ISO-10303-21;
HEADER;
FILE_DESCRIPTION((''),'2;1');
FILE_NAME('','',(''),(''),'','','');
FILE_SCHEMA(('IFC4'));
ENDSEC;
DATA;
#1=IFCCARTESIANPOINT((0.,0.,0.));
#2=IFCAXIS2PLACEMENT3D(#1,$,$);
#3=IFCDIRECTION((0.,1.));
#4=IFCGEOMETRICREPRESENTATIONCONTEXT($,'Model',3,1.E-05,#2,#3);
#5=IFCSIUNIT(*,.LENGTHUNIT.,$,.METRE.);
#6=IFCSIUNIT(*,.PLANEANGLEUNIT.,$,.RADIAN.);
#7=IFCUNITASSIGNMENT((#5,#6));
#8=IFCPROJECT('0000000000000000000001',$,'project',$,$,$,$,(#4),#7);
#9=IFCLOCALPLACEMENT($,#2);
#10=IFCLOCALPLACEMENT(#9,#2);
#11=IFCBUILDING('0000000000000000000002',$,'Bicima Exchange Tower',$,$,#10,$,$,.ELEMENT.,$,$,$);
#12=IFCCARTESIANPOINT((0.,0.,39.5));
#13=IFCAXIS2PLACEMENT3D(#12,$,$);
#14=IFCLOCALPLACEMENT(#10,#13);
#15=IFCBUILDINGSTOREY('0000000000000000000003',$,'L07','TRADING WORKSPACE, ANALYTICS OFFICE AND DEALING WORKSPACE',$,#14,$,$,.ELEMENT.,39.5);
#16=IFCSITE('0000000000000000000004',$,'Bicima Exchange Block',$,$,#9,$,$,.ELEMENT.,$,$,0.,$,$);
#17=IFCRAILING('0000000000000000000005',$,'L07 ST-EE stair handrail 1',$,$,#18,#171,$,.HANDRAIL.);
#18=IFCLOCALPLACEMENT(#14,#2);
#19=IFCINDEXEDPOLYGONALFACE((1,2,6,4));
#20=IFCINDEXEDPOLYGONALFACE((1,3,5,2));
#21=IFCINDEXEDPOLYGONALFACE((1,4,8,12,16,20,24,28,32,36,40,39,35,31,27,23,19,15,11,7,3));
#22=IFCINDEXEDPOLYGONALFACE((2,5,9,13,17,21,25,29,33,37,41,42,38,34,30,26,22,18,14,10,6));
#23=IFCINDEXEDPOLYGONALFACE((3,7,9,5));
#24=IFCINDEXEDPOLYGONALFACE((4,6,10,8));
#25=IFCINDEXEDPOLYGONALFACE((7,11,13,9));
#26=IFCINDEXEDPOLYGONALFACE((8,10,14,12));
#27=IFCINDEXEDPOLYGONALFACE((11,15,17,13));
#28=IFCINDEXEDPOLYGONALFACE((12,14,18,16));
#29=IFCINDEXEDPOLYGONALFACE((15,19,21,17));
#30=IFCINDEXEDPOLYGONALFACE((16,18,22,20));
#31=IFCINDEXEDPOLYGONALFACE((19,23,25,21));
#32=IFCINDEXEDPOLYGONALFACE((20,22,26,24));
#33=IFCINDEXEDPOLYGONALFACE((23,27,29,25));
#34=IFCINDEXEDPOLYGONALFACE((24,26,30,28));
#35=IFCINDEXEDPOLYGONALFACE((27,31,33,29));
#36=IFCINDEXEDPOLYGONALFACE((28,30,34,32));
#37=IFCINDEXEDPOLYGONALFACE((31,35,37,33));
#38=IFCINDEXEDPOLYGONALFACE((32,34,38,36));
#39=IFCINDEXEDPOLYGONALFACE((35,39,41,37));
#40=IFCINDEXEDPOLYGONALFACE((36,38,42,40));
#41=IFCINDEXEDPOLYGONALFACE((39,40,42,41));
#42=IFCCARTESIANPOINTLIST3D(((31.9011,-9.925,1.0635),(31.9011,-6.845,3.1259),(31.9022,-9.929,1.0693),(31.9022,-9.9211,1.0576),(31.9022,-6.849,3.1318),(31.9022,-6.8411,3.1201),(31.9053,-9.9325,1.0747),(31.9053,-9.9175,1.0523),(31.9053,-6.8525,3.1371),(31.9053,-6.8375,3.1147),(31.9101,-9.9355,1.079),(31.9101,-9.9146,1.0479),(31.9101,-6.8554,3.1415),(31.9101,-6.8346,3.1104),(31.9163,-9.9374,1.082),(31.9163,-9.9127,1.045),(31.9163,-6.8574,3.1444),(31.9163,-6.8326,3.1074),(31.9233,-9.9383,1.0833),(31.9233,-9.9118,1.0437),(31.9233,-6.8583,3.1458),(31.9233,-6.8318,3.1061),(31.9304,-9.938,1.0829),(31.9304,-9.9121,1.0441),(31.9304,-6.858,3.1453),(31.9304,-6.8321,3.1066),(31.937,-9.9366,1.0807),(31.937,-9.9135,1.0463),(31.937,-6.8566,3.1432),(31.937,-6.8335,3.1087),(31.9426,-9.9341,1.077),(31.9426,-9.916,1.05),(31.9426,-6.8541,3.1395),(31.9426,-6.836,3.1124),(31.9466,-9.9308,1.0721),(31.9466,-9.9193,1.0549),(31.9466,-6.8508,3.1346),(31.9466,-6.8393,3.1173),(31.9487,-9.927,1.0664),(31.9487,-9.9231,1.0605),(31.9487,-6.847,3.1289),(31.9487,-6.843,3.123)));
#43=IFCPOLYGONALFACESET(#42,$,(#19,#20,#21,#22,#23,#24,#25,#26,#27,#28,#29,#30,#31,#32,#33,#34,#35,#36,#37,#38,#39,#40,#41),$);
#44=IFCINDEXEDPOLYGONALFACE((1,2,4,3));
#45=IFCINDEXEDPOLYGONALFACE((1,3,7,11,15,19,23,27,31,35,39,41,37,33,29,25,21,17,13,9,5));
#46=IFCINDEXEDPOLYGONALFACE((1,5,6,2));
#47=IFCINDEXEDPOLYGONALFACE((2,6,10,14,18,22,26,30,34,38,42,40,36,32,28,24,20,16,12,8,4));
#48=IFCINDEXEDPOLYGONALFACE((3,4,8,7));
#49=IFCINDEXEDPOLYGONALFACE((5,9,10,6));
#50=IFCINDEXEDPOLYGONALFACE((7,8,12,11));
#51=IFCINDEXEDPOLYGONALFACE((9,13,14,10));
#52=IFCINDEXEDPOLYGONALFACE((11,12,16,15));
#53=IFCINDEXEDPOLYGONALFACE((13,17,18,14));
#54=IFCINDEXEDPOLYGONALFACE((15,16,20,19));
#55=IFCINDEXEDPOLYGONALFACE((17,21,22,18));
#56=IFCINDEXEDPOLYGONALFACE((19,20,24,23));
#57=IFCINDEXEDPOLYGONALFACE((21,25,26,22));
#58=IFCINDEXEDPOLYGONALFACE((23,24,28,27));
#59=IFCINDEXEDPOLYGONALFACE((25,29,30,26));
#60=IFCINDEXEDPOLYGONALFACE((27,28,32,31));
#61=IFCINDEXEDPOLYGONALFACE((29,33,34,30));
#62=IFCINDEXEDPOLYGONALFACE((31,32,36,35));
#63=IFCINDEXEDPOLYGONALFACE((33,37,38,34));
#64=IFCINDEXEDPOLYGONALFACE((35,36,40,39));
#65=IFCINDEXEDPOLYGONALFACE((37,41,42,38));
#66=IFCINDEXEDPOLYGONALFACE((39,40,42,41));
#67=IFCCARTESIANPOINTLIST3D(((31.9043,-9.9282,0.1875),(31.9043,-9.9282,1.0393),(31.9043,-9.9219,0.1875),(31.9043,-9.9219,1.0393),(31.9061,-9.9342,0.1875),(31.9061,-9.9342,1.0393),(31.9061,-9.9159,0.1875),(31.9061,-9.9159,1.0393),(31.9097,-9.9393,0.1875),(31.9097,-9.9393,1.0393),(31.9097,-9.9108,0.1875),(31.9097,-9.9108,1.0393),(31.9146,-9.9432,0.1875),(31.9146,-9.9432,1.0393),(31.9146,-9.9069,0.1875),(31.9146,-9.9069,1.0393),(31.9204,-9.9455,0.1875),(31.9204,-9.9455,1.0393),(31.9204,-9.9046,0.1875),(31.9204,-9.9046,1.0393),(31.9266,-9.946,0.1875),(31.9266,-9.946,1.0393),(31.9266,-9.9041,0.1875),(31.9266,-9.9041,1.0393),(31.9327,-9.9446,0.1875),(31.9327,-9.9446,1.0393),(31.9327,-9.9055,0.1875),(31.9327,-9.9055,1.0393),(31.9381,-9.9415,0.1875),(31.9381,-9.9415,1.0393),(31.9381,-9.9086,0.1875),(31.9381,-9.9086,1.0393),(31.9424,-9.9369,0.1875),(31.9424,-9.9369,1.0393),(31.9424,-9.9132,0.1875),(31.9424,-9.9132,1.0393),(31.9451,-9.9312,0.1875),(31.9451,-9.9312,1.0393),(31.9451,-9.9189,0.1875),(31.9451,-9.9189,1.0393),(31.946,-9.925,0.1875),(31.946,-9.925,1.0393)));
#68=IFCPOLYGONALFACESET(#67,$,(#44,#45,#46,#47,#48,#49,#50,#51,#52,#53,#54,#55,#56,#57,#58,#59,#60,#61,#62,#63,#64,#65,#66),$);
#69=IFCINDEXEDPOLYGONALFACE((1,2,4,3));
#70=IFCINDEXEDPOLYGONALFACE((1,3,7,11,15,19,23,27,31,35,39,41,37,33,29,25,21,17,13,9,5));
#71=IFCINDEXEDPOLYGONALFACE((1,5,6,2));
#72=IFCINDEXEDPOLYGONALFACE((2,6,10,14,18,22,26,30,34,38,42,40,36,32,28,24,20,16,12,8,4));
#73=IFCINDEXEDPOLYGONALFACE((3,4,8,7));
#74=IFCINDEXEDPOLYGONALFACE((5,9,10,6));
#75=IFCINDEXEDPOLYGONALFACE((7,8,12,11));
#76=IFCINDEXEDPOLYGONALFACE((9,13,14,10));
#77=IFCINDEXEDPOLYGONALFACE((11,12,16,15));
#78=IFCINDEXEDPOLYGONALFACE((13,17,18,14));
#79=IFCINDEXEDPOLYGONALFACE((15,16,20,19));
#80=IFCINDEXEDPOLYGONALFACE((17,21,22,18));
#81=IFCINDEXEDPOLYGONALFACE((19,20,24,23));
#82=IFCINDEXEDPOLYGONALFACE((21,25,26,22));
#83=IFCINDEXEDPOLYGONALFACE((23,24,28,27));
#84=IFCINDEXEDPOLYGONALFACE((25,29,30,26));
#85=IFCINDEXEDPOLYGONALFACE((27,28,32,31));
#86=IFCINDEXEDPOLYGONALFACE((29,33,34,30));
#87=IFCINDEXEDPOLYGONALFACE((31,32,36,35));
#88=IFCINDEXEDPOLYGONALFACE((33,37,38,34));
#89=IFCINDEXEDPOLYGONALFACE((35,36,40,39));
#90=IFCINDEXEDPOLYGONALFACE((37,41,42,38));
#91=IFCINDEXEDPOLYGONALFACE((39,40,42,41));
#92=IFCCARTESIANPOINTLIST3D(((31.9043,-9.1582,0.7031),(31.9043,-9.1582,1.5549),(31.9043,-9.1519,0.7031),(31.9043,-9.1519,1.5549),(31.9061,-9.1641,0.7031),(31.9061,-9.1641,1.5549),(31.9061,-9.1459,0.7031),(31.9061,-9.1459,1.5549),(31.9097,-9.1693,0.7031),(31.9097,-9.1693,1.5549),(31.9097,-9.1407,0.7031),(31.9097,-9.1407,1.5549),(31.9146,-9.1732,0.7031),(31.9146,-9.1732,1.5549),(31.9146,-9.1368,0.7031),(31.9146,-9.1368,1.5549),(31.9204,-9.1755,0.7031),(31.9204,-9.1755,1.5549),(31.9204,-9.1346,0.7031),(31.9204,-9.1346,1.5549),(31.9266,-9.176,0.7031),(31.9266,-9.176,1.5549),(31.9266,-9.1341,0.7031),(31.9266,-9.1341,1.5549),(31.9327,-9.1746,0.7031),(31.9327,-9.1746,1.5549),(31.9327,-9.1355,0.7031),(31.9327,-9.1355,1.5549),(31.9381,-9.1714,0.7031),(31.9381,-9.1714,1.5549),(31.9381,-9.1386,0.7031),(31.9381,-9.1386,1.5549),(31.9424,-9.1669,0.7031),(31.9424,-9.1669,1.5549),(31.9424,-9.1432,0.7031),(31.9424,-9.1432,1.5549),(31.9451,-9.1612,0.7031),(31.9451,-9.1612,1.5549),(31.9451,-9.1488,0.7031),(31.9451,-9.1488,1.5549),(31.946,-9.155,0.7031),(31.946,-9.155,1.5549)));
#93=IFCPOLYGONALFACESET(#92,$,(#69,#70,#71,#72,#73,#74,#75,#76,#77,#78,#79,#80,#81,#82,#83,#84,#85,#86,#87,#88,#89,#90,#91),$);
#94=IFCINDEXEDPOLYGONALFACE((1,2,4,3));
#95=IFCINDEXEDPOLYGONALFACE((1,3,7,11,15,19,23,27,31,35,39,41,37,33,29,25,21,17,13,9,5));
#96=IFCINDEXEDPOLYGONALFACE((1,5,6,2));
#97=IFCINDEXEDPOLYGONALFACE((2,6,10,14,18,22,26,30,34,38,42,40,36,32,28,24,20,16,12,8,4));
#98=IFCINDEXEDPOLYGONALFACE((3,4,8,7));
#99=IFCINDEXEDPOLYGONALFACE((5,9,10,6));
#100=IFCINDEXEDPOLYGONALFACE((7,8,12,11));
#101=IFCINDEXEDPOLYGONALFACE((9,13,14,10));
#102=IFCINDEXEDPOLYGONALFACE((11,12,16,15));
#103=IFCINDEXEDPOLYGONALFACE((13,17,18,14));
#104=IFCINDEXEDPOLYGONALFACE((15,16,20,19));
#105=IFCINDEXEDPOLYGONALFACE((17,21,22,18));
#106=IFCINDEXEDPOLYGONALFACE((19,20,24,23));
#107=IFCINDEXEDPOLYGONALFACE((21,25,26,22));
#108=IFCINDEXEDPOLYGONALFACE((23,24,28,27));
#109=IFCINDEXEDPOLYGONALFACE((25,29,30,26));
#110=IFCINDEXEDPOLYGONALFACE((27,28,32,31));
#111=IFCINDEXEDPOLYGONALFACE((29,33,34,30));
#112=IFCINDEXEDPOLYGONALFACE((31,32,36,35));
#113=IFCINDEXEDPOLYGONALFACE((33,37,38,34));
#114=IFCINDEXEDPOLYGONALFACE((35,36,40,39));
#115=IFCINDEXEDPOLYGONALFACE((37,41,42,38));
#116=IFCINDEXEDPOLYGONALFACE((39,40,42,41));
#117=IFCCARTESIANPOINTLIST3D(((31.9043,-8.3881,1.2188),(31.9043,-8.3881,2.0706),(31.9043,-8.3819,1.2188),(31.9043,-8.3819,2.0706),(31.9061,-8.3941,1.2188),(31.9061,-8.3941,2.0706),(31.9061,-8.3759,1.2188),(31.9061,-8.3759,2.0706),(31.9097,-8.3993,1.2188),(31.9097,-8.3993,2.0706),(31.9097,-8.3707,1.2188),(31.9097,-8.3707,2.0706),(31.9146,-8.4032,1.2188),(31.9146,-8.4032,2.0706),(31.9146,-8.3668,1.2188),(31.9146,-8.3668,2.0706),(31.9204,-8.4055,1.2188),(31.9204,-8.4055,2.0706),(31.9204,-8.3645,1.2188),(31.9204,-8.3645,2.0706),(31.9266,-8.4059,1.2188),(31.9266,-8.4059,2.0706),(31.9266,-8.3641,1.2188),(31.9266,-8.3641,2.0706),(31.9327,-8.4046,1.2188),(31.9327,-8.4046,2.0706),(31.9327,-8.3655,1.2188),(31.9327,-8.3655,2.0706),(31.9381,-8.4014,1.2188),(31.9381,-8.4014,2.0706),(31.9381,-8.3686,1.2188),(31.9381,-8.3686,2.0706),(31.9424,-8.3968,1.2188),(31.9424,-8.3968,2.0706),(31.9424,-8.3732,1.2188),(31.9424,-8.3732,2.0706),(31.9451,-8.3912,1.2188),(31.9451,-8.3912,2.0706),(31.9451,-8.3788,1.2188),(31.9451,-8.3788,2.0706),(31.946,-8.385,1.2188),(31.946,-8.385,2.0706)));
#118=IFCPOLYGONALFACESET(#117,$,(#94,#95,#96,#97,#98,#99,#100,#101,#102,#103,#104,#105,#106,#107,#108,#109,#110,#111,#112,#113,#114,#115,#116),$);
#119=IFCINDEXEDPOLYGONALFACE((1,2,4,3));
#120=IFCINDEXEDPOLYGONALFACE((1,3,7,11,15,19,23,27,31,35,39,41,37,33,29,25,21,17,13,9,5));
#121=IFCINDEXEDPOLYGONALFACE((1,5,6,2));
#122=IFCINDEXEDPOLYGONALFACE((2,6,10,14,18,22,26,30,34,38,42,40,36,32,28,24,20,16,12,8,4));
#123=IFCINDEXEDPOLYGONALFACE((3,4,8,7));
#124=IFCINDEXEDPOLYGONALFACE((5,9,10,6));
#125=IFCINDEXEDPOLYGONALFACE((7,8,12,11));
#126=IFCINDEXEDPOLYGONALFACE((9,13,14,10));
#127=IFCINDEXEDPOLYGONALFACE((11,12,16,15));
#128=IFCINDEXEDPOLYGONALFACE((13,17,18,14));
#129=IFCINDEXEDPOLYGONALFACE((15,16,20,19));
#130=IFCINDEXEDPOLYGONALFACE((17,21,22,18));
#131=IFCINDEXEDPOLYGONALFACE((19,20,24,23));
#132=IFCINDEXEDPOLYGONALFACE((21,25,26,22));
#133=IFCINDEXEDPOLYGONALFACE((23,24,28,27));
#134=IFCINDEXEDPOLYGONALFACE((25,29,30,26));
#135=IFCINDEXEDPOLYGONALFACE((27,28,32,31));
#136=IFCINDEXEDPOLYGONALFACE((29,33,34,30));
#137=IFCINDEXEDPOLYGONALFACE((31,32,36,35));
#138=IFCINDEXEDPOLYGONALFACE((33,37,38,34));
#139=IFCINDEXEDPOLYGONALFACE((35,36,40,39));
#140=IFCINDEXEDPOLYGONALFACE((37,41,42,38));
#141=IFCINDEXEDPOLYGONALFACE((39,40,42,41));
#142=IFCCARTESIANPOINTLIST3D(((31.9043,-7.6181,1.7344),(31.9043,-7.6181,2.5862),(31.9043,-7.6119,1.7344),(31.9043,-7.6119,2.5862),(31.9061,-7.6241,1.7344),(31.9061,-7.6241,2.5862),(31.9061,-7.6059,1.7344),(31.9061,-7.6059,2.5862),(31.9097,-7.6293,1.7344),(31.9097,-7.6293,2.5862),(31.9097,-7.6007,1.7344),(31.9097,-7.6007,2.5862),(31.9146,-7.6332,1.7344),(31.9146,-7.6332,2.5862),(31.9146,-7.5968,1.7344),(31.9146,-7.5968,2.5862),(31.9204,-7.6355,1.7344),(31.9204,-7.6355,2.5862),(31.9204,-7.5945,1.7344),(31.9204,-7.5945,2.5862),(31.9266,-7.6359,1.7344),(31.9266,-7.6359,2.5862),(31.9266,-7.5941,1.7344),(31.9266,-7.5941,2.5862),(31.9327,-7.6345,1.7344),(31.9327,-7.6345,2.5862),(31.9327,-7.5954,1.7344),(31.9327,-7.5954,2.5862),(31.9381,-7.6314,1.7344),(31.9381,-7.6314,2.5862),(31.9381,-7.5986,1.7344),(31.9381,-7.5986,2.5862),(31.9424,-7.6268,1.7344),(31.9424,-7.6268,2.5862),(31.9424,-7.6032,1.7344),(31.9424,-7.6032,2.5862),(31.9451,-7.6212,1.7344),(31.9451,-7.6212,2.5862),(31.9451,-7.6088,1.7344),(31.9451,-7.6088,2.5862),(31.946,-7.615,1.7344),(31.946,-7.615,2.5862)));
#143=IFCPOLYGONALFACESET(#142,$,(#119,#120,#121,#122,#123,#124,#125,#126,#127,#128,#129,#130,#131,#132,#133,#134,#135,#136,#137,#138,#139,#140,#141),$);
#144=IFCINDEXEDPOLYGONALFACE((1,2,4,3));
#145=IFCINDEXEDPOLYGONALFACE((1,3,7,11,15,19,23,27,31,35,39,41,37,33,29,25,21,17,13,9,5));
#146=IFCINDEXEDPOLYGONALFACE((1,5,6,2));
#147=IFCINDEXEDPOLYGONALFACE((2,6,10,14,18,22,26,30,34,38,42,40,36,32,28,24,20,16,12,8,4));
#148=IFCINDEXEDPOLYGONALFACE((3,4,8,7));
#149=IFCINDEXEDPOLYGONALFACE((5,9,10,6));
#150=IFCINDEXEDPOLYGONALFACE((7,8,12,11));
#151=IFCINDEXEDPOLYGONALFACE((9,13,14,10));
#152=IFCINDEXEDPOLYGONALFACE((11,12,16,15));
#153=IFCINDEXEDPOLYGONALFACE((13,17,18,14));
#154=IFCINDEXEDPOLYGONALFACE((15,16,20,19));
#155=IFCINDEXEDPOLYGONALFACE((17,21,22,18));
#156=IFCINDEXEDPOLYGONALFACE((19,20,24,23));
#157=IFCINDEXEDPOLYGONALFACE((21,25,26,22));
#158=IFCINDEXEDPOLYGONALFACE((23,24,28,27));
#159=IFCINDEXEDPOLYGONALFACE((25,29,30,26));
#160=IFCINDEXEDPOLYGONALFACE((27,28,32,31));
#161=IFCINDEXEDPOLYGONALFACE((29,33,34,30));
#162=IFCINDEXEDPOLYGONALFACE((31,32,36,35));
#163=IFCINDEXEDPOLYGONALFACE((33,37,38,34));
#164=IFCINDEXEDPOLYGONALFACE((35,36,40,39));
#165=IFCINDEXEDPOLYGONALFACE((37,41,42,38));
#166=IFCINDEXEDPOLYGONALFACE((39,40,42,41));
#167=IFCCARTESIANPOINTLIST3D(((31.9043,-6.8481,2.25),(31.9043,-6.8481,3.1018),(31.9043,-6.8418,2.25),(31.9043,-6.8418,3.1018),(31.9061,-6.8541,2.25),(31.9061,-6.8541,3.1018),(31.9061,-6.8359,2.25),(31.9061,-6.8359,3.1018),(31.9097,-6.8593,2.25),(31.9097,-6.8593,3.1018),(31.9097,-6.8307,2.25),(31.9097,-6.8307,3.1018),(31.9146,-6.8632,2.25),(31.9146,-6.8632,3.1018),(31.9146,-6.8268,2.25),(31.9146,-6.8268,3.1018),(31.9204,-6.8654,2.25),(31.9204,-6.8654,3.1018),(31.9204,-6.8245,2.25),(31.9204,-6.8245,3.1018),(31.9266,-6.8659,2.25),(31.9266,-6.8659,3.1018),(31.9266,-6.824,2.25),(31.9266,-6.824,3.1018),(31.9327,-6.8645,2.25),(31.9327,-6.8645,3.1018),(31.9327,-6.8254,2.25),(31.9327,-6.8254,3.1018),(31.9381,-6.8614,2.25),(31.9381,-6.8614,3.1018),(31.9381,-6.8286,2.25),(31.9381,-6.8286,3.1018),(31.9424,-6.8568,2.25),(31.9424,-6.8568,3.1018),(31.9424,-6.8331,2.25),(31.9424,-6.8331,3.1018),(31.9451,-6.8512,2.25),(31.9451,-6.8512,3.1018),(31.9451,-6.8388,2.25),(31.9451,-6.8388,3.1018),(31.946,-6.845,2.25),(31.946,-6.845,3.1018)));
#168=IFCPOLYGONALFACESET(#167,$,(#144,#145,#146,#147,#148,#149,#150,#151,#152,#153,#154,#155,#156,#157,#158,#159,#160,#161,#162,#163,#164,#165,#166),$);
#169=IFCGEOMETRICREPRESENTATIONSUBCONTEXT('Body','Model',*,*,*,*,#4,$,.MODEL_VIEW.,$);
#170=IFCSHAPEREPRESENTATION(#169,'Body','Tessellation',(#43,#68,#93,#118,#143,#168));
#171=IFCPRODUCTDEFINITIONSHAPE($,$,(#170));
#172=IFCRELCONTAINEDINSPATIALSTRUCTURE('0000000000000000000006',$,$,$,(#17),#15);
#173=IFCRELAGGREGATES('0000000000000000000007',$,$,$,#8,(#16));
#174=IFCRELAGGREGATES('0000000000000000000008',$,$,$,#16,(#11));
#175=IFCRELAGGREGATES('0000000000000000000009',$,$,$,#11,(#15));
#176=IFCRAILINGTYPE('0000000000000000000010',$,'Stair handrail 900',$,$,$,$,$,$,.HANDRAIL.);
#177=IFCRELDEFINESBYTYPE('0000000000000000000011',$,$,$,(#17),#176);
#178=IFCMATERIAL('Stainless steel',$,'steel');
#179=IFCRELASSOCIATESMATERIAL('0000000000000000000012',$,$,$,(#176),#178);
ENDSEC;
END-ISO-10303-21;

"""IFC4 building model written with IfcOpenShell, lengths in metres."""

from ifc_helpers import new_model, si_unit, direction, frame, origin, origin_2d, place, context, subcontext, project, spatial, circle, extrude, material, type_object, element, save


model = new_model("IFC4")

# Units and contexts
model_context = context("Model", 3, precision=1e-05, world=origin(), true_north=direction((0.0, 1.0)))
body_context = subcontext(model_context, "Body", "Model", "MODEL_VIEW")
ifc_project = project(units=[si_unit("LENGTHUNIT", "METRE"), si_unit("PLANEANGLEUNIT", "RADIAN")], contexts=[model_context])

# Site, building, storey
site_placement = place(None, origin())
site = spatial("IfcSite", under=ifc_project, at=site_placement, Name="Bicima Exchange Block", CompositionType="ELEMENT", RefElevation=0.0)
building_placement = place(site_placement, origin())
building = spatial("IfcBuilding", under=site, at=building_placement, Name="Bicima Exchange Tower", CompositionType="ELEMENT")
storey_placement = place(building_placement, frame((0.0, 0.0, 39.5)))
storey = spatial("IfcBuildingStorey", under=building, at=storey_placement, Name="L07", Description="TRADING WORKSPACE, ANALYTICS OFFICE AND DEALING WORKSPACE", CompositionType="ELEMENT", Elevation=39.5)

# Railing
ifc_material_1 = material(Name="Stainless steel", Category="steel")
railing_type_1 = type_object("IfcRailingType", Name="Stair handrail 900", PredefinedType="HANDRAIL", material=ifc_material_1)
railing_1_placement = place(storey_placement, frame((31.925, -9.925, 0.1875)))
element("IfcRailing", 1, at=railing_1_placement, inside=storey, type_object=railing_type_1, Name="L07 ST-EE stair handrail 1", PredefinedType="HANDRAIL", context=body_context, shape_type="SweptSolid", body=[
    extrude(circle(Radius=0.0239, at=origin_2d()), frame((0.0, 0.0, 0.876), z_axis=(0.0, 0.830914, 0.556401), x_axis=(-1.0, 0.0, 0.0)), (0.0, 0.0, 1.0), 3.7068),
    extrude(circle(Radius=0.021, at=origin_2d()), origin(), (0.0, 0.0, 1.0), 0.8518),
    extrude(circle(Radius=0.021, at=origin_2d()), frame((0.0, 0.77, 0.5156)), (0.0, 0.0, 1.0), 0.8518),
    extrude(circle(Radius=0.021, at=origin_2d()), frame((0.0, 1.54, 1.0312)), (0.0, 0.0, 1.0), 0.8518),
    extrude(circle(Radius=0.021, at=origin_2d()), frame((0.0, 2.3101, 1.5469)), (0.0, 0.0, 1.0), 0.8518),
    extrude(circle(Radius=0.021, at=origin_2d()), frame((0.0, 3.0801, 2.0625)), (0.0, 0.0, 1.0), 0.8518),
])

save(model, "model.ifc")
